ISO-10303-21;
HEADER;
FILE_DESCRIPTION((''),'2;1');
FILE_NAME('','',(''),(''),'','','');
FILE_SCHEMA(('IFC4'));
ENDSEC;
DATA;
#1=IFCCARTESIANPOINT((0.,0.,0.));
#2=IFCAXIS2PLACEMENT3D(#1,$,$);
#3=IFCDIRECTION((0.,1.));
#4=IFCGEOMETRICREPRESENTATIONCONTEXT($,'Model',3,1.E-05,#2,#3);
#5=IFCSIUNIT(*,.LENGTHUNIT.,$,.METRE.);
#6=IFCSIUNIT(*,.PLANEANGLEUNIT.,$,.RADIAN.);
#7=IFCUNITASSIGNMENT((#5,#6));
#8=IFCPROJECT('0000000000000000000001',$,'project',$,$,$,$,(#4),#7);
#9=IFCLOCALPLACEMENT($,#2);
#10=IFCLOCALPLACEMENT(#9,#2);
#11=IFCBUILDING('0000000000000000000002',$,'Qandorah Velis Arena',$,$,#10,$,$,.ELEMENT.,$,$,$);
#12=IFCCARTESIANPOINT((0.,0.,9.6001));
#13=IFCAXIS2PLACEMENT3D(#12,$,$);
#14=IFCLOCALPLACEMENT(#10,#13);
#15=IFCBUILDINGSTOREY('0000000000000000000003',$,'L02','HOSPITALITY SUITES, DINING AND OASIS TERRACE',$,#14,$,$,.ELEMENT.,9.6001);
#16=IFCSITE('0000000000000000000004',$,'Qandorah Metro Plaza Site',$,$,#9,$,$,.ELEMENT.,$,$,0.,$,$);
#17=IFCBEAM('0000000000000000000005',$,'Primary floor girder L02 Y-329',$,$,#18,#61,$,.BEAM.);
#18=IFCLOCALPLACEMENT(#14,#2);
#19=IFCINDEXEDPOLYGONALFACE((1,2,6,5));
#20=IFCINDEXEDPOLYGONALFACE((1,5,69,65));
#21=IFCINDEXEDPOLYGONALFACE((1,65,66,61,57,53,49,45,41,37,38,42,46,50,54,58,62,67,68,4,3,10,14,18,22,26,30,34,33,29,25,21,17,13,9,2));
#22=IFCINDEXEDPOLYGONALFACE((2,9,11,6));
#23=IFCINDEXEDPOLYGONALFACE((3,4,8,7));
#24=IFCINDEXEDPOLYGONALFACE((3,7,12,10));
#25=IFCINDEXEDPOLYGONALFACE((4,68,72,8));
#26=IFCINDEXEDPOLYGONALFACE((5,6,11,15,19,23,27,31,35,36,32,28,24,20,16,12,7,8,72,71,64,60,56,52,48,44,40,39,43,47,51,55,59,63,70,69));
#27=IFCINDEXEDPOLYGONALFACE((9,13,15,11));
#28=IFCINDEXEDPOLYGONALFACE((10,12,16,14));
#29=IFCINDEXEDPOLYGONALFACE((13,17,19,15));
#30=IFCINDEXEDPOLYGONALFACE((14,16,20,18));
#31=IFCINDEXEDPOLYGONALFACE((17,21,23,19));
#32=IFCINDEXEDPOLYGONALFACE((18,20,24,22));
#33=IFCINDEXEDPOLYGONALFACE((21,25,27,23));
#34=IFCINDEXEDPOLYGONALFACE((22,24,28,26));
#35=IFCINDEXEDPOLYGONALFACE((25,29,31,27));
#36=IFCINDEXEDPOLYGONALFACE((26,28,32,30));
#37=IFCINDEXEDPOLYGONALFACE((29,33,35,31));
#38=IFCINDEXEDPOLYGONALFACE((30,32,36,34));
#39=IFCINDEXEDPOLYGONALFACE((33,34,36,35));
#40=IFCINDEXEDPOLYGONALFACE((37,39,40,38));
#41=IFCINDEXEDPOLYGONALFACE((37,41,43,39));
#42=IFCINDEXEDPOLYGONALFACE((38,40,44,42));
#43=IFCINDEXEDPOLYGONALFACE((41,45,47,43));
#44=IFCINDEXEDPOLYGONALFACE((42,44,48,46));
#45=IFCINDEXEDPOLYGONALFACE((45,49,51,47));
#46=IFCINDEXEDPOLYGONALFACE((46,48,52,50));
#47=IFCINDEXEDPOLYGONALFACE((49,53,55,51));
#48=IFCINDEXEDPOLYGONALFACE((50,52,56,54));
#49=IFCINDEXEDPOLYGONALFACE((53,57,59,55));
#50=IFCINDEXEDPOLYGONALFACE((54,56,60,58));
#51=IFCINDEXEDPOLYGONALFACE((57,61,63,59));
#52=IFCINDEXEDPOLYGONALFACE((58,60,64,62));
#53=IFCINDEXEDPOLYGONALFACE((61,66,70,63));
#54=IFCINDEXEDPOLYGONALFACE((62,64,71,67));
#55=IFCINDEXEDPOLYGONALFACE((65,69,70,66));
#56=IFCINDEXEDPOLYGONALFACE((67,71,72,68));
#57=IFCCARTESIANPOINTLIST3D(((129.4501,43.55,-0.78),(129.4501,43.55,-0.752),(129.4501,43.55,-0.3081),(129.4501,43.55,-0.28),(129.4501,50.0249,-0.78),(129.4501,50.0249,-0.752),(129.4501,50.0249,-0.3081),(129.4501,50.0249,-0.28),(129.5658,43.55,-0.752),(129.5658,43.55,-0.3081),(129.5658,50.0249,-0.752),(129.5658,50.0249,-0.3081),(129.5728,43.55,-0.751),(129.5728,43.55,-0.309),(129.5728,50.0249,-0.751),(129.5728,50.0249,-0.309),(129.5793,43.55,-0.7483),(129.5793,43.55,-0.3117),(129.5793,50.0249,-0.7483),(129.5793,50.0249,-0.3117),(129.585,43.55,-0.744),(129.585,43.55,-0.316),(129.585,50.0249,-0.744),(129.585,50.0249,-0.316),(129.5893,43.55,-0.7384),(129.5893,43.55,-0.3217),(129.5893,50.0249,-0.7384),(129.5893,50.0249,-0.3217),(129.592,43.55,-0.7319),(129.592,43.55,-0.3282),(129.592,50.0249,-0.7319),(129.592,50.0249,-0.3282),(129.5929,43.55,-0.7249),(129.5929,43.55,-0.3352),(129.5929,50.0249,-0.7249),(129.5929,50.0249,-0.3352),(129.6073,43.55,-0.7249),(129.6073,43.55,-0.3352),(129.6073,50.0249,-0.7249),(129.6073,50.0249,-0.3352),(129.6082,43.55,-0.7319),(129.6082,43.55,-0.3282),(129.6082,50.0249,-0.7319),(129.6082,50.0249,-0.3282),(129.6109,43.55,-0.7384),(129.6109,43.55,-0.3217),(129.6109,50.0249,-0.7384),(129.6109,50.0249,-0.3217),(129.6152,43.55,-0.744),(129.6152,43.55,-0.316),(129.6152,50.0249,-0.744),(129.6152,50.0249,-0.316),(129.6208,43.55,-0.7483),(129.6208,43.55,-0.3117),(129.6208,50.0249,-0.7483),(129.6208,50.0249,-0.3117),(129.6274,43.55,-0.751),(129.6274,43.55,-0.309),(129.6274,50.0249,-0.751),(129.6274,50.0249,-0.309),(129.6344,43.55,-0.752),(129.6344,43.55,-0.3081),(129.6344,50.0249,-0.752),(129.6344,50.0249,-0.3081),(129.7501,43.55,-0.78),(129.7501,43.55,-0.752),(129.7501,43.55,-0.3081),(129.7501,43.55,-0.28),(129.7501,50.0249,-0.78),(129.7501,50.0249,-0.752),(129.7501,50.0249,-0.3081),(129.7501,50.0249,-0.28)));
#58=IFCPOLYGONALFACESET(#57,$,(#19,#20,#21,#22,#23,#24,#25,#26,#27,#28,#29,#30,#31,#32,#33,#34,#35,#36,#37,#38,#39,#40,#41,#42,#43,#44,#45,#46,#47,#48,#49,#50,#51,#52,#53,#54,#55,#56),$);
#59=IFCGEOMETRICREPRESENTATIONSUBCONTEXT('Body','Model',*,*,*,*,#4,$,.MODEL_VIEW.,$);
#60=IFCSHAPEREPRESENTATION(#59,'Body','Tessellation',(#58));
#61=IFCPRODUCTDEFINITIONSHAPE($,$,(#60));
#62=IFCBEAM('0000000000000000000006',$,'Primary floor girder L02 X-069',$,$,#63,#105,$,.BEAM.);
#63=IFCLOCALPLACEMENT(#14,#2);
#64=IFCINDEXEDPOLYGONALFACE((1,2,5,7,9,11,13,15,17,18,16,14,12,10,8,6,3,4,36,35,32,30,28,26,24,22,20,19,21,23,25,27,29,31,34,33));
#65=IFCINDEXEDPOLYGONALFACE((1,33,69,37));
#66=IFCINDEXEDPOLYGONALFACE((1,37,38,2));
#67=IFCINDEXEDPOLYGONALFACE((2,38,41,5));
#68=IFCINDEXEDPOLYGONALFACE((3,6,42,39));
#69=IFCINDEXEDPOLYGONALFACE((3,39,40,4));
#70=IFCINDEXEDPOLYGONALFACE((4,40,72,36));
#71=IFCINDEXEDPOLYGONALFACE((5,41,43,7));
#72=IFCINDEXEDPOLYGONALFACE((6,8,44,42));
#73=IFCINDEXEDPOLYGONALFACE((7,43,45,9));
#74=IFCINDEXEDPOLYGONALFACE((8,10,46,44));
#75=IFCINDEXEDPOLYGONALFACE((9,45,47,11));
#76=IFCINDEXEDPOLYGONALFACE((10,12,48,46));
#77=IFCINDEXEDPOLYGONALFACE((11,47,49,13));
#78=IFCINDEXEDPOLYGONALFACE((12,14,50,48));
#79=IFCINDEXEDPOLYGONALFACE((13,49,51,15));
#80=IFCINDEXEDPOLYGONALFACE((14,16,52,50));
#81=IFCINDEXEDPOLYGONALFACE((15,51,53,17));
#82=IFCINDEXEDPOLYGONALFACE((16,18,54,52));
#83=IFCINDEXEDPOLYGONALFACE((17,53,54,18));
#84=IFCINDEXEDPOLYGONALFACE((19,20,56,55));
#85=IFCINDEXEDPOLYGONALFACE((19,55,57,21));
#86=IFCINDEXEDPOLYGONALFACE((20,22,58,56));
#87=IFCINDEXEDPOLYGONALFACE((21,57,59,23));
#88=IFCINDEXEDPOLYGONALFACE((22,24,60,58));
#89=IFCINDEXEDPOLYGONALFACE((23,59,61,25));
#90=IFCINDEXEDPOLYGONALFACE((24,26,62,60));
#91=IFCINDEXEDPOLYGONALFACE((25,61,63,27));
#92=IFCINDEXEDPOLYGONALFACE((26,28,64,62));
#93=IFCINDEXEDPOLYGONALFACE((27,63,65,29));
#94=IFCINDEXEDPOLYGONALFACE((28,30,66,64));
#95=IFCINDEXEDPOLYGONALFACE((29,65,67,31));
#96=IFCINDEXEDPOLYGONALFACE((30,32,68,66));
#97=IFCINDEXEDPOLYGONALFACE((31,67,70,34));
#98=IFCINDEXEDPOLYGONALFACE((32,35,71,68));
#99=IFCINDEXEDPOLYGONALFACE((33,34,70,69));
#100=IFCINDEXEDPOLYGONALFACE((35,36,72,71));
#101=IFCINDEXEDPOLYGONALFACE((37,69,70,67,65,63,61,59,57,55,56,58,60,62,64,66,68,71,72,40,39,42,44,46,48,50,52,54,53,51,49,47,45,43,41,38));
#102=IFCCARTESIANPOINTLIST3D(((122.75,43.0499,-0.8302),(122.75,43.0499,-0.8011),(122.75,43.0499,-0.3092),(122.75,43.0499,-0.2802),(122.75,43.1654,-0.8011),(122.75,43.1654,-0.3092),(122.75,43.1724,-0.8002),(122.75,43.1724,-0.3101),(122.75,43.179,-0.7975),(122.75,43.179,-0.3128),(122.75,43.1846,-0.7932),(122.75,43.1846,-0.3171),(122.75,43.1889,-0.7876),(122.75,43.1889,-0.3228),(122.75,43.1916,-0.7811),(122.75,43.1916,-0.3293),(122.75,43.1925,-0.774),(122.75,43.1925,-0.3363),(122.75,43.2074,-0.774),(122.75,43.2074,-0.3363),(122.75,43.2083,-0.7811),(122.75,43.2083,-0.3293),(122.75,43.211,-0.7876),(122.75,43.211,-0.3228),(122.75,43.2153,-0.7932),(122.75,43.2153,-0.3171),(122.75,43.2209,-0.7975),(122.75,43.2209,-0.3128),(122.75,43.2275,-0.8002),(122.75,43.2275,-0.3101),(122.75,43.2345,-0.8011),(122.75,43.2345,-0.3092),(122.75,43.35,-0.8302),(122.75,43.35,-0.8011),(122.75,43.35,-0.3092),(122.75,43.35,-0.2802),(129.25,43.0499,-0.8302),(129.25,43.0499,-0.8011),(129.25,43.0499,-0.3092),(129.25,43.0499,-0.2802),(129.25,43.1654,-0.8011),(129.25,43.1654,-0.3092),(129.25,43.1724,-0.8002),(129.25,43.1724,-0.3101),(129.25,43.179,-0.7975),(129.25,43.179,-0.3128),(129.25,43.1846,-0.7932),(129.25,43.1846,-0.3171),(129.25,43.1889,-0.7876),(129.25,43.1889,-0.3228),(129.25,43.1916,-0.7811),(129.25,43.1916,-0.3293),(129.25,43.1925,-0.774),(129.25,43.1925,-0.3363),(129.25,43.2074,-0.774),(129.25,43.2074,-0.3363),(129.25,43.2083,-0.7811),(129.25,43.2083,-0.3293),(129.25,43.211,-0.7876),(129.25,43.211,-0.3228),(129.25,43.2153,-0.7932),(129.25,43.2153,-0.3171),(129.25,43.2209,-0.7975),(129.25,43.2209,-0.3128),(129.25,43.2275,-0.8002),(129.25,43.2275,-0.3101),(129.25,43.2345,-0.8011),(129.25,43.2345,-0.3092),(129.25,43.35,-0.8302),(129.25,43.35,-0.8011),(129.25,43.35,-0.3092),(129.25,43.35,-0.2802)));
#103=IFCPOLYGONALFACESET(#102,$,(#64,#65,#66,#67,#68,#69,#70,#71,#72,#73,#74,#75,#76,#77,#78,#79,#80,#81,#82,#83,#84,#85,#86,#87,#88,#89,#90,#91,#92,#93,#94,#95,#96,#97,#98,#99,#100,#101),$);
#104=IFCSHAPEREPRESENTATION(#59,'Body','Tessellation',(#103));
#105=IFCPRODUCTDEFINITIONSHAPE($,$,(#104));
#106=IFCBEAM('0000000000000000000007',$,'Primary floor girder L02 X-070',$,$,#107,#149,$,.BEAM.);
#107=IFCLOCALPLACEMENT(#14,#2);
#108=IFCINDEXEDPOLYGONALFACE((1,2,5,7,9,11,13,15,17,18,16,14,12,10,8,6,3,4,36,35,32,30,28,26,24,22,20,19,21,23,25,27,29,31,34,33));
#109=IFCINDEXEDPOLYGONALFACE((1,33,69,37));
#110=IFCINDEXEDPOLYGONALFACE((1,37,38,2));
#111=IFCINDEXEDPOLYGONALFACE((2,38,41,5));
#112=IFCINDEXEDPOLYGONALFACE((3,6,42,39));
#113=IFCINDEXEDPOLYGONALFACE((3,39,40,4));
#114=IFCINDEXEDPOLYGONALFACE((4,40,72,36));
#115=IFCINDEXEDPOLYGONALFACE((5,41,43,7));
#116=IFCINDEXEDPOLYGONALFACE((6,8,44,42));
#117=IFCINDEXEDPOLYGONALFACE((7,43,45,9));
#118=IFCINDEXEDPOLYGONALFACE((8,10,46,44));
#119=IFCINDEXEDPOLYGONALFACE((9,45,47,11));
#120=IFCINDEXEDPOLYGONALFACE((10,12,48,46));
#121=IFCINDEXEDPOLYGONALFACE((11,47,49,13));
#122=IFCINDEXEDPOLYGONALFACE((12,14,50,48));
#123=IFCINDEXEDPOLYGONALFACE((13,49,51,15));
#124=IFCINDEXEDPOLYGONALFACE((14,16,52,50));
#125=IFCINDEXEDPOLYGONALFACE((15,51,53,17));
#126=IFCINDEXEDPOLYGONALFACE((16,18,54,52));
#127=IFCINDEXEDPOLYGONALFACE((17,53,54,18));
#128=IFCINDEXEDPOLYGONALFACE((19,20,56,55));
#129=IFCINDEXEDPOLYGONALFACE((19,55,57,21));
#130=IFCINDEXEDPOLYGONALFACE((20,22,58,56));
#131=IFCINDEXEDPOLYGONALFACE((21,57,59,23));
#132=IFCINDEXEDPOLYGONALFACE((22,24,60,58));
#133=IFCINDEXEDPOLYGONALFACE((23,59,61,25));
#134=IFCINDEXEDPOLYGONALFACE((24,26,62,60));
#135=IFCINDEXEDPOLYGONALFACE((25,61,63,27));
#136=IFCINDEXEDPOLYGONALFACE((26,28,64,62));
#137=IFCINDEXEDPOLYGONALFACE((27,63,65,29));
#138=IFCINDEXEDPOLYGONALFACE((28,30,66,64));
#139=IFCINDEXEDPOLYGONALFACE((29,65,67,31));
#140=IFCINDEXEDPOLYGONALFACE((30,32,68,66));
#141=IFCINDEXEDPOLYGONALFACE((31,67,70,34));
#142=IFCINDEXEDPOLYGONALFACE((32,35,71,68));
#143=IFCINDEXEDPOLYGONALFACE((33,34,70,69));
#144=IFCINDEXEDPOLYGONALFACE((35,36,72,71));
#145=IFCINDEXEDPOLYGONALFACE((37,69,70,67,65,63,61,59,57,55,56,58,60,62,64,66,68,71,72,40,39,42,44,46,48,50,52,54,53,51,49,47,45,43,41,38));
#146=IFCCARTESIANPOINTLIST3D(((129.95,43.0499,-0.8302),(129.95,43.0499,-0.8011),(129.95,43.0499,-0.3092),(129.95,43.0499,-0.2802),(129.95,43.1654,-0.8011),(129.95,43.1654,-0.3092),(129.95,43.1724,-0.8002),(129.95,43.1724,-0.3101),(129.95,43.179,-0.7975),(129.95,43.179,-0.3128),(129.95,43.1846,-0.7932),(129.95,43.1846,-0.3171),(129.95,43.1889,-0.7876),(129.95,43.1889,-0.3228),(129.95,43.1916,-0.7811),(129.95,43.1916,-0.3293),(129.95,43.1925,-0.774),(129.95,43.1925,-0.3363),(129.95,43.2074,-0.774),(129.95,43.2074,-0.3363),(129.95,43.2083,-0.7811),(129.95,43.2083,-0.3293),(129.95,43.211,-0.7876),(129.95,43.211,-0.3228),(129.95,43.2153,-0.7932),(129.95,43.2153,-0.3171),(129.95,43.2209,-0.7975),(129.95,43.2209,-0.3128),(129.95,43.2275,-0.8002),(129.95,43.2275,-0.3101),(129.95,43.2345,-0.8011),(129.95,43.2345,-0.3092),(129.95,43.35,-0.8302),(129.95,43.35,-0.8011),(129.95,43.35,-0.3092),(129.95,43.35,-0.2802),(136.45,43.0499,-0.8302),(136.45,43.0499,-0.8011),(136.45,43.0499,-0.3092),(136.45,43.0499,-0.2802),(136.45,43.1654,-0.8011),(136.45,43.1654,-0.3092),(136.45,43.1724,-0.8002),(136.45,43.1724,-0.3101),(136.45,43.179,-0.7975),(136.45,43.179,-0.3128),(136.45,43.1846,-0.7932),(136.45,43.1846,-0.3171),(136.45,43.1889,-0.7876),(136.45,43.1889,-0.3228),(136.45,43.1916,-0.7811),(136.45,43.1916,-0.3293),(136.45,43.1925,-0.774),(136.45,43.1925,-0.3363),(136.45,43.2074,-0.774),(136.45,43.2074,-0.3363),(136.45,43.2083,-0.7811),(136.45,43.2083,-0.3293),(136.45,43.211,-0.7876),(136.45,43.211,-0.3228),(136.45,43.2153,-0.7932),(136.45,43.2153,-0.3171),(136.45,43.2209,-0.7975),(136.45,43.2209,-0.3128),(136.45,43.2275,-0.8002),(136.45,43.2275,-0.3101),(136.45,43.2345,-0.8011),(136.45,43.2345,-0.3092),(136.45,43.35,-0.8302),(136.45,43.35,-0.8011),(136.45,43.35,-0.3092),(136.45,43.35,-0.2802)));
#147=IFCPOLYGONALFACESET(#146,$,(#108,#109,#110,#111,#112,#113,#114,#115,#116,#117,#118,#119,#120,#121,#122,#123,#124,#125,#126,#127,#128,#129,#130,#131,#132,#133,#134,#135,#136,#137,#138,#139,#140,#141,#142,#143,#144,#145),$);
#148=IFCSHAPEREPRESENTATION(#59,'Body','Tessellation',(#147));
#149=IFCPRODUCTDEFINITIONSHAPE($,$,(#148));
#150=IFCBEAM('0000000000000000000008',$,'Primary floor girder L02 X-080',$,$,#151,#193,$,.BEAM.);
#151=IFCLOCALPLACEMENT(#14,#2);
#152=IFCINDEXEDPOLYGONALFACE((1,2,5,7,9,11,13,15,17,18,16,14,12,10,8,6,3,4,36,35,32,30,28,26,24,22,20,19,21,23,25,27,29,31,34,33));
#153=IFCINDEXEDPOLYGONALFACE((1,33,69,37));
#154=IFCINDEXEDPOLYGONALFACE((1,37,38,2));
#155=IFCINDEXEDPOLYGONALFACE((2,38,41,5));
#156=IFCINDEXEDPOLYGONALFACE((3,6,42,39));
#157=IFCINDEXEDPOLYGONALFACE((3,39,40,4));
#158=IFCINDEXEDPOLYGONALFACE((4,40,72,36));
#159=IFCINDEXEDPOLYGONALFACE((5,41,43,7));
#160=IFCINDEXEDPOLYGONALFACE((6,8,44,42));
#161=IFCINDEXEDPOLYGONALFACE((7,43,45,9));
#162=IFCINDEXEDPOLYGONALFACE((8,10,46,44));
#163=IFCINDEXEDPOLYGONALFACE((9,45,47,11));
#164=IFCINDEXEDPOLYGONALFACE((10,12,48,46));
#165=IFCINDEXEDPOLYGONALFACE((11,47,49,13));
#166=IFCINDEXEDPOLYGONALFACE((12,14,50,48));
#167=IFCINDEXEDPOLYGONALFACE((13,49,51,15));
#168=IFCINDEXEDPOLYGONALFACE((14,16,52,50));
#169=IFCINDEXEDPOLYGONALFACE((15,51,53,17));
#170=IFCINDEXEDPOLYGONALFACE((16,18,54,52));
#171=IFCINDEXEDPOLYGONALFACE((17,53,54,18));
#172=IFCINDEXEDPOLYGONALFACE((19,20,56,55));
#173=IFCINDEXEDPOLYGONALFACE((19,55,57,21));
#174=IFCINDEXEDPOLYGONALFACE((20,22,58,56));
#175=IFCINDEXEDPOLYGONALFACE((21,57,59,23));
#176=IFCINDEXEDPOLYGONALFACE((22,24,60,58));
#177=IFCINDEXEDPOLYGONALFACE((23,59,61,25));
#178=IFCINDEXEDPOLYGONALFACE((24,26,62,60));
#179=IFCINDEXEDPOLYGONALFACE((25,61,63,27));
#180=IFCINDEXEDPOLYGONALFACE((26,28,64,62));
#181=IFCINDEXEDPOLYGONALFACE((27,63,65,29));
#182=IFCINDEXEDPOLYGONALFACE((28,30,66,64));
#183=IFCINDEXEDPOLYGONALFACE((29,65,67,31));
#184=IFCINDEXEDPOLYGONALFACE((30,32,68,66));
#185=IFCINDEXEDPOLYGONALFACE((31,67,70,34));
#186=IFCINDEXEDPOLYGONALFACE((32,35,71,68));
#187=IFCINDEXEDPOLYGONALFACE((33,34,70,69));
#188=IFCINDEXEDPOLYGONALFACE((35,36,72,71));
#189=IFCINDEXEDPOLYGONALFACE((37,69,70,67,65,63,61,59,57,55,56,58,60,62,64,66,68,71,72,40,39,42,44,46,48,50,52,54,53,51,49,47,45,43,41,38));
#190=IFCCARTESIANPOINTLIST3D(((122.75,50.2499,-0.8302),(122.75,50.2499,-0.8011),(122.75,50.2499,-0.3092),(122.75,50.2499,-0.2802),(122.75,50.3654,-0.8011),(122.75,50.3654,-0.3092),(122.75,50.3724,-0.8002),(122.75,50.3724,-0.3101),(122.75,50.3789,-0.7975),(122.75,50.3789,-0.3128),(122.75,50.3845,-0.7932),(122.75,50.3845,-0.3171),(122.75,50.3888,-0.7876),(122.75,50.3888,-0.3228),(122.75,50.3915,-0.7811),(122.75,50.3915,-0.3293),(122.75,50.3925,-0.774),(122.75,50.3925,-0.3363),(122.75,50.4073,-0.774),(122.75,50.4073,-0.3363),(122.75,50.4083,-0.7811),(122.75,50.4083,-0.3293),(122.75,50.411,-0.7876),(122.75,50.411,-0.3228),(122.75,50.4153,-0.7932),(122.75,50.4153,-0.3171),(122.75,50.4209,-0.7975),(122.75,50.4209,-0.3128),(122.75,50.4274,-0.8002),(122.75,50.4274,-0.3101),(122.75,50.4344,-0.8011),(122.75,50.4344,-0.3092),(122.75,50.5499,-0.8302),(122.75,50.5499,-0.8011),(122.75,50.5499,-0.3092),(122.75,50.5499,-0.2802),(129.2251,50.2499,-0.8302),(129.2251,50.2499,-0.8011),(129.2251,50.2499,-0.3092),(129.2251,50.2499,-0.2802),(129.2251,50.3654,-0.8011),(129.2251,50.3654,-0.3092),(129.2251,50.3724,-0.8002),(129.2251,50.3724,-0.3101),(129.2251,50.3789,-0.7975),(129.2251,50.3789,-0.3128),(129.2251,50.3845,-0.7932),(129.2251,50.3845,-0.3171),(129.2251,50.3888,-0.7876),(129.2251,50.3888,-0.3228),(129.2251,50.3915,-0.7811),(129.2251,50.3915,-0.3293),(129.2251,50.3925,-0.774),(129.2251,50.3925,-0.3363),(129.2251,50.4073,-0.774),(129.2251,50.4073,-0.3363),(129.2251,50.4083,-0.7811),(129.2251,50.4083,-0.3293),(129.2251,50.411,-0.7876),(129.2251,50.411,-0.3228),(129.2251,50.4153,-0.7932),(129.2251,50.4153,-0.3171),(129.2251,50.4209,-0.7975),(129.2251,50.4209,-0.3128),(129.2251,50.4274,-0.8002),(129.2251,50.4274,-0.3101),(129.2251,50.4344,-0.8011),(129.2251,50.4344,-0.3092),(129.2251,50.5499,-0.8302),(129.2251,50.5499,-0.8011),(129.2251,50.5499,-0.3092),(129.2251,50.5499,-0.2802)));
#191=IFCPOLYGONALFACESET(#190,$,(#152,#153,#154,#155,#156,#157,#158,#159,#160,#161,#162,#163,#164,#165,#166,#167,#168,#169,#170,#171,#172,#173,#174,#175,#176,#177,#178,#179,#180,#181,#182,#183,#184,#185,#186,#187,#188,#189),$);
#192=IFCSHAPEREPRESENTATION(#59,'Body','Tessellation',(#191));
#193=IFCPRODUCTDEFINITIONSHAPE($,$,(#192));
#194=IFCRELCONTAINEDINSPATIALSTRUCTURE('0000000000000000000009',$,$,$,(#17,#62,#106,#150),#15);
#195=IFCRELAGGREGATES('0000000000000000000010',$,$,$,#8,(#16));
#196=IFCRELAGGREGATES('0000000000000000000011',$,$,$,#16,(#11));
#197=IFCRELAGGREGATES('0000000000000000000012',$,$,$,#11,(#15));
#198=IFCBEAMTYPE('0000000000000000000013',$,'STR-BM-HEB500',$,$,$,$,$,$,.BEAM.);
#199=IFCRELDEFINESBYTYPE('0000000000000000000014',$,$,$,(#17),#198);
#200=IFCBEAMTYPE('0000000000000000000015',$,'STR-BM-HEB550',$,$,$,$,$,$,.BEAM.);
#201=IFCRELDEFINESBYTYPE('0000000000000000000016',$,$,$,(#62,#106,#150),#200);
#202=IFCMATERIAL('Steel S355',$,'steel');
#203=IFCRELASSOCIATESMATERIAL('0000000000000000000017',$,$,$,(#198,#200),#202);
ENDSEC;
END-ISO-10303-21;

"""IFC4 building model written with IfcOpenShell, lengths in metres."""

from ifc_helpers import new_model, si_unit, direction, frame, origin, origin_2d, place, context, subcontext, project, spatial, i_section, extrude, material, material_profile, profile_set, type_object, element, save


model = new_model("IFC4")

# Units and contexts
model_context = context("Model", 3, precision=1e-05, world=origin(), true_north=direction((0.0, 1.0)))
body_context = subcontext(model_context, "Body", "Model", "MODEL_VIEW")
ifc_project = project(units=[si_unit("LENGTHUNIT", "METRE"), si_unit("PLANEANGLEUNIT", "RADIAN")], contexts=[model_context])

# Site, building, storey
site_placement = place(None, origin())
site = spatial("IfcSite", under=ifc_project, at=site_placement, Name="Qandorah Metro Plaza Site", CompositionType="ELEMENT", RefElevation=0.0)
building_placement = place(site_placement, origin())
building = spatial("IfcBuilding", under=site, at=building_placement, Name="Qandorah Velis Arena", CompositionType="ELEMENT")
storey_placement = place(building_placement, frame((0.0, 0.0, 9.6001)))
storey = spatial("IfcBuildingStorey", under=building, at=storey_placement, Name="L02", Description="HOSPITALITY SUITES, DINING AND OASIS TERRACE", CompositionType="ELEMENT", Elevation=9.6001)

# Shared definitions
ifc_material_1 = material(Name="Steel S355", Category="steel")

# Beams
ifc_material_profile_1 = material_profile(ifc_material_1, i_section(OverallWidth=0.3, OverallDepth=0.5, WebThickness=0.0144, FlangeThickness=0.0281, FilletRadius=0.0271, at=origin_2d()), Name="HEB 500")
ifc_profile_set_1 = profile_set([ifc_material_profile_1], Name="Steel S355")
beam_type_1 = type_object("IfcBeamType", Name="STR-BM-HEB500", PredefinedType="BEAM", material=ifc_profile_set_1)
beam_1_placement = place(storey_placement, frame((129.6001, 43.55, -0.53), z_axis=(0.0, 1.0, 0.0), x_axis=(-1.0, 0.0, 0.0)))
element("IfcBeam", 1, at=beam_1_placement, inside=storey, type_object=beam_type_1, Name="Primary floor girder L02 Y-329", PredefinedType="BEAM", context=body_context, shape_type="SweptSolid", body=[
    extrude(i_section(OverallWidth=0.3, OverallDepth=0.5, WebThickness=0.0144, FlangeThickness=0.0281, FilletRadius=0.0271, at=origin_2d()), origin(), (0.0, 0.0, 1.0), 6.4749),
])
ifc_material_profile_2 = material_profile(ifc_material_1, i_section(OverallWidth=0.3, OverallDepth=0.55, WebThickness=0.0149, FlangeThickness=0.0291, FilletRadius=0.0271, at=origin_2d()), Name="HEB 550")
ifc_profile_set_2 = profile_set([ifc_material_profile_2], Name="Steel S355")
beam_type_2 = type_object("IfcBeamType", Name="STR-BM-HEB550", PredefinedType="BEAM", material=ifc_profile_set_2)
for number, where, z_axis, x_axis, name in (
    (2, (122.75, 43.2, -0.5552), (1.0, 0.0, 0.0), (0.0, 1.0, 0.0), "Primary floor girder L02 X-069"),
    (3, (129.95, 43.2, -0.5552), (1.0, 0.0, 0.0), (0.0, 1.0, 0.0), "Primary floor girder L02 X-070"),
):
    element("IfcBeam", number, at=place(storey_placement, frame(where, z_axis=z_axis, x_axis=x_axis)), inside=storey, type_object=beam_type_2, Name=name, PredefinedType="BEAM", context=body_context, shape_type="SweptSolid", body=[
        extrude(i_section(OverallWidth=0.3, OverallDepth=0.55, WebThickness=0.0149, FlangeThickness=0.0291, FilletRadius=0.0271, at=origin_2d()), origin(), (0.0, 0.0, 1.0), 6.5),
    ])
beam_2_placement = place(storey_placement, frame((122.75, 50.3999, -0.5552), z_axis=(1.0, 0.0, 0.0), x_axis=(0.0, 1.0, 0.0)))
element("IfcBeam", 4, at=beam_2_placement, inside=storey, type_object=beam_type_2, Name="Primary floor girder L02 X-080", PredefinedType="BEAM", context=body_context, shape_type="SweptSolid", body=[
    extrude(i_section(OverallWidth=0.3, OverallDepth=0.55, WebThickness=0.0149, FlangeThickness=0.0291, FilletRadius=0.0271, at=origin_2d()), origin(), (0.0, 0.0, 1.0), 6.4751),
])

save(model, "model.ifc")
